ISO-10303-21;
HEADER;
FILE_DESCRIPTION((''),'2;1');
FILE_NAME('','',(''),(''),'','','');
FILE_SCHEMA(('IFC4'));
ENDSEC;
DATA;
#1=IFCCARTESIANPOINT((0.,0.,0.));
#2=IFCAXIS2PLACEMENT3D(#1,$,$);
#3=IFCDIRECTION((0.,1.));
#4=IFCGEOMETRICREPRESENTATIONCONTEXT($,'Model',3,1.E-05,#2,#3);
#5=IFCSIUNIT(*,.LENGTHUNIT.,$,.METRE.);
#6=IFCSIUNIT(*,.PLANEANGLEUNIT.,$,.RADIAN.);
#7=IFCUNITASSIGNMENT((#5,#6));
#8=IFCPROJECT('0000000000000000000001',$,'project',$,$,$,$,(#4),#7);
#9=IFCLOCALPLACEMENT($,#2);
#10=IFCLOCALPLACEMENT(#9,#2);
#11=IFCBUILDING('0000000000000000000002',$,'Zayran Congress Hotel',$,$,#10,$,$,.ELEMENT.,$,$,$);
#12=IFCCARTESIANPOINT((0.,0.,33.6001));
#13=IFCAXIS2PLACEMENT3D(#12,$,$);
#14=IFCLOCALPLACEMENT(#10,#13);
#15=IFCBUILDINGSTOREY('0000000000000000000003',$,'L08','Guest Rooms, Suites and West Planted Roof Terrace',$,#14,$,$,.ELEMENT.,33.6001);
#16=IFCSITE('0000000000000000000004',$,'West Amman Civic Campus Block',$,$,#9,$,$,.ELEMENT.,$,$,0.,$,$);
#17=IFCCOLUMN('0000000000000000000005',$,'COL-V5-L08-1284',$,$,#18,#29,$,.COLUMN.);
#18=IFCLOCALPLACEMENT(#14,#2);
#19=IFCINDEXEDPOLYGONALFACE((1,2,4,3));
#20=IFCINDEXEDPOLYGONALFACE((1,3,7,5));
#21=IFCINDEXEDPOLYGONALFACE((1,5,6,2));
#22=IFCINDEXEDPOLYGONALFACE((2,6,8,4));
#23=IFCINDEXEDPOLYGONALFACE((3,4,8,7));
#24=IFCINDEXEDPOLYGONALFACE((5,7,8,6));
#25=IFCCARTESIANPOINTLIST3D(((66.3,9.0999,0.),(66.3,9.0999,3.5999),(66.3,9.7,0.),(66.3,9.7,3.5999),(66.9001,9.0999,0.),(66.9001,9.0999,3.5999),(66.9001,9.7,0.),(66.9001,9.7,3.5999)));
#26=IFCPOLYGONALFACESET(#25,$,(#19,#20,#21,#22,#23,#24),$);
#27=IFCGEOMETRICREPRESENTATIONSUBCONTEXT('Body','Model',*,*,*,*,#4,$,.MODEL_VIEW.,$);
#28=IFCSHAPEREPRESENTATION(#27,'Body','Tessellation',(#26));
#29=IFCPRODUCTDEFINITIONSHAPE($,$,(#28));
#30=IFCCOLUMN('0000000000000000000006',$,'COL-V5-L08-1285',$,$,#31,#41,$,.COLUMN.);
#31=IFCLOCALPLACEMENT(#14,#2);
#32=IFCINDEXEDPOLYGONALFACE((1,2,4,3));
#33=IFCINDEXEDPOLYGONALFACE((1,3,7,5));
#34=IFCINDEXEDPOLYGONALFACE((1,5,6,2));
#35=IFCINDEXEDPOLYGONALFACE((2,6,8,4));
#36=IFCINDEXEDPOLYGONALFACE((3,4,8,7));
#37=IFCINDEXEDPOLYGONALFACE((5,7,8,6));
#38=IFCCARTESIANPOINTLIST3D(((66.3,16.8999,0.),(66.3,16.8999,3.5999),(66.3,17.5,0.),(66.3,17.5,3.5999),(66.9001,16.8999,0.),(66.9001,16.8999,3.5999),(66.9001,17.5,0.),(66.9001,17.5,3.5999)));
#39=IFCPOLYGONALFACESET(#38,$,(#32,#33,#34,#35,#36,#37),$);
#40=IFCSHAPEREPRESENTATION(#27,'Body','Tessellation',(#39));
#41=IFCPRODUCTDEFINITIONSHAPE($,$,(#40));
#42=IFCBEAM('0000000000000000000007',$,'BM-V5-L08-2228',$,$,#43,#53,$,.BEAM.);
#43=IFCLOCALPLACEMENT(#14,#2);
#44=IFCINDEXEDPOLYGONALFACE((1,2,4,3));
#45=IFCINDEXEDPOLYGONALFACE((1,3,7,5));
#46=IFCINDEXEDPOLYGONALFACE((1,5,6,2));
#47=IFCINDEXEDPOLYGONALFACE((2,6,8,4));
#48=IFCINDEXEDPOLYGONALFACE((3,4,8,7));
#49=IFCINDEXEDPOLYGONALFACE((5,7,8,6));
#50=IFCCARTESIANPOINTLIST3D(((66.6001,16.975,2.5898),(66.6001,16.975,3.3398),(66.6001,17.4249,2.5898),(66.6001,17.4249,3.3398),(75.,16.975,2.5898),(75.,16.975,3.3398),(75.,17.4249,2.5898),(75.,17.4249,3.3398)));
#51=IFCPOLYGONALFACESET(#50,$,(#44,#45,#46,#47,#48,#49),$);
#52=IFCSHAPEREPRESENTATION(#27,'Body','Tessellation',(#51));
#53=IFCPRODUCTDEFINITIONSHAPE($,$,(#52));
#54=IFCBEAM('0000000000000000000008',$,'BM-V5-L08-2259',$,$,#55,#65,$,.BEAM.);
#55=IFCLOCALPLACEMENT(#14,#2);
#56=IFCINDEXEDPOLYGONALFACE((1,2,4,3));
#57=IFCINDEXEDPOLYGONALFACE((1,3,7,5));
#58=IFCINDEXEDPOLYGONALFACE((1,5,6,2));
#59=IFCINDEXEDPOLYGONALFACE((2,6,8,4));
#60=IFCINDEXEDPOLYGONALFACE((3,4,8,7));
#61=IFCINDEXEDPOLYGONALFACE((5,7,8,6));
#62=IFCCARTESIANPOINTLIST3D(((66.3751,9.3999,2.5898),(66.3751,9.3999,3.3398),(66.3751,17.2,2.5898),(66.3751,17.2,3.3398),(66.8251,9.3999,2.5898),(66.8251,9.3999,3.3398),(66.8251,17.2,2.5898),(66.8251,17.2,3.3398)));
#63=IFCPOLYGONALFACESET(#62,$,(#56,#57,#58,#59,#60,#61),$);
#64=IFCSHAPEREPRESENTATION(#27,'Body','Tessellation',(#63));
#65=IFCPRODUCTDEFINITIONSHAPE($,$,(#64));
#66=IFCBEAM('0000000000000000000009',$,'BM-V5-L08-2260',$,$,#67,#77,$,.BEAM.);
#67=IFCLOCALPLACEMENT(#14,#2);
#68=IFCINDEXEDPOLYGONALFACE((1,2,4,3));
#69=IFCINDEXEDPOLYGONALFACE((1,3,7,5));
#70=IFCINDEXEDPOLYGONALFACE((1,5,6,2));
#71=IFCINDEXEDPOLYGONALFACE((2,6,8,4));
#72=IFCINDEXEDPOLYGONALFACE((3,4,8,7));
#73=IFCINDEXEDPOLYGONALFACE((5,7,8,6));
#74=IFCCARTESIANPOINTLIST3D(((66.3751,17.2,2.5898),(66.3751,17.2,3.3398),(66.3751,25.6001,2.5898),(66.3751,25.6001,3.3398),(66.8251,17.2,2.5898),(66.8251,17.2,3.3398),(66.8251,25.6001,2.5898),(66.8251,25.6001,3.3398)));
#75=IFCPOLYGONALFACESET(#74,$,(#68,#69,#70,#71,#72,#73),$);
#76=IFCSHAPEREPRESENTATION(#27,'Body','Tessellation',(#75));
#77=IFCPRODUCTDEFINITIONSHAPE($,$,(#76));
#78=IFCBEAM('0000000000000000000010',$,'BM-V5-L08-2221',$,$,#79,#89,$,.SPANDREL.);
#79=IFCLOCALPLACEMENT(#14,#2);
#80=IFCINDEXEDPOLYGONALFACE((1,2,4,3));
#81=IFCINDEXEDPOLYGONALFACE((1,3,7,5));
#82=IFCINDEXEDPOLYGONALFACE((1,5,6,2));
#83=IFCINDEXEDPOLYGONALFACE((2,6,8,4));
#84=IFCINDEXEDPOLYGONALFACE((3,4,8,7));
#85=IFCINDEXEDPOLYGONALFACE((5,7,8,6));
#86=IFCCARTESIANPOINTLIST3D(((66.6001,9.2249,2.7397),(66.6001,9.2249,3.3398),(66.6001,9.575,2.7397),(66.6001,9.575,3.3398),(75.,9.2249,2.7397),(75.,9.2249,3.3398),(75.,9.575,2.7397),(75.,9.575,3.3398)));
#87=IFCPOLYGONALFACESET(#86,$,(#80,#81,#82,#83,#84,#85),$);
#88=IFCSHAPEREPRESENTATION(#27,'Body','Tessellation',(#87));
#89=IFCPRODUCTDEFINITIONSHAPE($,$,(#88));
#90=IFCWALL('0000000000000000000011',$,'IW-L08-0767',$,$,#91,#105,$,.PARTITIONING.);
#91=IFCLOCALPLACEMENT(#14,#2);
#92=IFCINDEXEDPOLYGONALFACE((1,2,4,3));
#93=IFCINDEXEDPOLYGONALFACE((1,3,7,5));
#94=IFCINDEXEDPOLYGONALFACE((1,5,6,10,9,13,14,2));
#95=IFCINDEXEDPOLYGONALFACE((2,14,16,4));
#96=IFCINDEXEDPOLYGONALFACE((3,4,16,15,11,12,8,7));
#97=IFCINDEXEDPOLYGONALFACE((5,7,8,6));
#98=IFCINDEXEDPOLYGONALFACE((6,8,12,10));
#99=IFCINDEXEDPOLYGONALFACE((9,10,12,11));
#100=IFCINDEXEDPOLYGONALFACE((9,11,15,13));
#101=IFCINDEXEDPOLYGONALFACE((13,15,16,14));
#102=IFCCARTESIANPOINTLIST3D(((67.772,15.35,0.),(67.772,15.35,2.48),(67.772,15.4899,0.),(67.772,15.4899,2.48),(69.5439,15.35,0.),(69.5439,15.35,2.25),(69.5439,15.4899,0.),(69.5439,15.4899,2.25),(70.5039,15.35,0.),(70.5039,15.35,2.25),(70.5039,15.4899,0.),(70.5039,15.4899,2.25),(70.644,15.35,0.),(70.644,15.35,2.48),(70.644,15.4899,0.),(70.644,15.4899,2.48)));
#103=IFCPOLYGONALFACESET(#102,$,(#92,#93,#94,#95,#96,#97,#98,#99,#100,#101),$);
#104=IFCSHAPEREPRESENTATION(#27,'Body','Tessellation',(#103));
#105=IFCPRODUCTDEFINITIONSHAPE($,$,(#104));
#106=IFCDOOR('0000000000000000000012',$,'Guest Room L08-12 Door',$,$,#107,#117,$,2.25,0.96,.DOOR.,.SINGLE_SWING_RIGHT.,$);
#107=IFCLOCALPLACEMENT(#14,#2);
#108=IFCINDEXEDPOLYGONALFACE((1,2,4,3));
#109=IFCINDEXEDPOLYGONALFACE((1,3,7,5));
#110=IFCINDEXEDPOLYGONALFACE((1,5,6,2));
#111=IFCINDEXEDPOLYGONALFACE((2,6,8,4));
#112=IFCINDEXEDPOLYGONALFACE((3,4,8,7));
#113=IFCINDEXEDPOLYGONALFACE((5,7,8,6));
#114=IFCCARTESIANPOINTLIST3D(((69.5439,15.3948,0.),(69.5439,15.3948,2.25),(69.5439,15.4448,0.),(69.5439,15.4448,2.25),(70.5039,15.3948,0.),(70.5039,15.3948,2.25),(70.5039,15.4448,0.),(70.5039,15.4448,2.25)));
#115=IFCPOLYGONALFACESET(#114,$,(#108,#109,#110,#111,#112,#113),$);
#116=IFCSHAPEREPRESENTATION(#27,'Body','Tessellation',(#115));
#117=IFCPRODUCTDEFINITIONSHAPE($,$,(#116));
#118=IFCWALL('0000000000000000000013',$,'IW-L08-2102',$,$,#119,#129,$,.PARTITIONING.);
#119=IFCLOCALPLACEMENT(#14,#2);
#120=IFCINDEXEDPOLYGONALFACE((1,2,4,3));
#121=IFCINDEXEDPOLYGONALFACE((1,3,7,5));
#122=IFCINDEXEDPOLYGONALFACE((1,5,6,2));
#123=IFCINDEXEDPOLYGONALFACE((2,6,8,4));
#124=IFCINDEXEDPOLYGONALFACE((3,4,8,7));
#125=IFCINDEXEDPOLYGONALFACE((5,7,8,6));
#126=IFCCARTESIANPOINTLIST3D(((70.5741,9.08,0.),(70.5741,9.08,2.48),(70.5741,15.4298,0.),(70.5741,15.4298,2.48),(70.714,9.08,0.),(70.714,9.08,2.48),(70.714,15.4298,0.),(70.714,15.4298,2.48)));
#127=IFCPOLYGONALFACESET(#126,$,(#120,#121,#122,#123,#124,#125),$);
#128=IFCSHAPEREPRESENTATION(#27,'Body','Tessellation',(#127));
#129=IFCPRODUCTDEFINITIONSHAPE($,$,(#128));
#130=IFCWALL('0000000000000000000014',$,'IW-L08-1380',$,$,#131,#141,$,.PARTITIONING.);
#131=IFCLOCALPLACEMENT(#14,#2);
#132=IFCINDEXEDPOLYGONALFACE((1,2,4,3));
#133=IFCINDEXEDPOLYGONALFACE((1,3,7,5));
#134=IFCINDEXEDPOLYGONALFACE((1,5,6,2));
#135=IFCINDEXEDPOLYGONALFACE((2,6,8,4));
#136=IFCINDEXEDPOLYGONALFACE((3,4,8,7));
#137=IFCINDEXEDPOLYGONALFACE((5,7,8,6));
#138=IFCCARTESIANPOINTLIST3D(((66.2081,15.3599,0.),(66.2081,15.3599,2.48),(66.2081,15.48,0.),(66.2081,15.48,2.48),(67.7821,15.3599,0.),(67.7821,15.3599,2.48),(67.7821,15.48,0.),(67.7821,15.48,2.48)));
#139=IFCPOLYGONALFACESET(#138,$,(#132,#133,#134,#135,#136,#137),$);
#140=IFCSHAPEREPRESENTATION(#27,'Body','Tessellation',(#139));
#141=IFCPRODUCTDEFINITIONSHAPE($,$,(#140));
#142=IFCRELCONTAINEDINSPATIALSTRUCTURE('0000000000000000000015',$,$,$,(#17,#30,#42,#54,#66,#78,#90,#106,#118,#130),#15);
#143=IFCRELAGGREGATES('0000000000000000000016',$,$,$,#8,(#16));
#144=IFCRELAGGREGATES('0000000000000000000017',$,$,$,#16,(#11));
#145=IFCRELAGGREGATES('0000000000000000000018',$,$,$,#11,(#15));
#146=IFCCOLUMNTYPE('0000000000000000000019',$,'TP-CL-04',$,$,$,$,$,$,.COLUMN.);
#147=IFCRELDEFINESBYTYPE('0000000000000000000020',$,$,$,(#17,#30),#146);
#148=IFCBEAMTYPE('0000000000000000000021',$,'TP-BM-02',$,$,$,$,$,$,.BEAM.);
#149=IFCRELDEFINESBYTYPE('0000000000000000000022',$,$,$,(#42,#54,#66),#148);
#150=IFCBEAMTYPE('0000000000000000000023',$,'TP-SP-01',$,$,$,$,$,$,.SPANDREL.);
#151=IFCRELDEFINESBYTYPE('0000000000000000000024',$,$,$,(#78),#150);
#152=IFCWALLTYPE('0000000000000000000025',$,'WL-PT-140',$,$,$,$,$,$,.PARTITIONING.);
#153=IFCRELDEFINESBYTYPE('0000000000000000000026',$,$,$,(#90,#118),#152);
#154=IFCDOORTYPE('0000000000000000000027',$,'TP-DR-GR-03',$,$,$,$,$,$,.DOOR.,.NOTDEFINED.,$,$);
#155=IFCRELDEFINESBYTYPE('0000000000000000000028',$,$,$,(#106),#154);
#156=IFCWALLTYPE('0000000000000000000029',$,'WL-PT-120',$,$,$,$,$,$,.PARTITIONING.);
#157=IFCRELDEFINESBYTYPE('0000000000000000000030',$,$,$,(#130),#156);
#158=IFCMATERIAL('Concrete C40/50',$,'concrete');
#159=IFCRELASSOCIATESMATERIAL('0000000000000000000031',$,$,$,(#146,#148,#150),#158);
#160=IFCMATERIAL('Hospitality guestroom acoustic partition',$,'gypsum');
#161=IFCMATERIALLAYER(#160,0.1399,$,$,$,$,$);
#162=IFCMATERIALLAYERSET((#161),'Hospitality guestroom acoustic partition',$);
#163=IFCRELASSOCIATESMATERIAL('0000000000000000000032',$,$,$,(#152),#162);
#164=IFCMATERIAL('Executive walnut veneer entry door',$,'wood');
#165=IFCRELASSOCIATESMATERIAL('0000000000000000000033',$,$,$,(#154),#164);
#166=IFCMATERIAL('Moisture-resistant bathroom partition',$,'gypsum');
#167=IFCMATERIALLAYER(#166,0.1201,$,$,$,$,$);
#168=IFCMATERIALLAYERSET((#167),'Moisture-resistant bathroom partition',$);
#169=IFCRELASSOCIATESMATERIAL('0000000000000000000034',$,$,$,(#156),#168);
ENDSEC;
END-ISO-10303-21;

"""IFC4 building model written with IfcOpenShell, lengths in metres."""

from ifc_helpers import new_model, si_unit, direction, frame, frame_2d, origin, origin_2d, place, context, subcontext, project, spatial, rectangle, extrude, material, layer, layer_set, material_profile, profile_set, type_object, element, fill, save


model = new_model("IFC4")

# Units and contexts
model_context = context("Model", 3, precision=1e-05, world=origin(), true_north=direction((0.0, 1.0)))
body_context = subcontext(model_context, "Body", "Model", "MODEL_VIEW")
ifc_project = project(units=[si_unit("LENGTHUNIT", "METRE"), si_unit("PLANEANGLEUNIT", "RADIAN")], contexts=[model_context])

# Site, building, storey
site_placement = place(None, origin())
site = spatial("IfcSite", under=ifc_project, at=site_placement, Name="West Amman Civic Campus Block", CompositionType="ELEMENT", RefElevation=0.0)
building_placement = place(site_placement, origin())
building = spatial("IfcBuilding", under=site, at=building_placement, Name="Zayran Congress Hotel", CompositionType="ELEMENT")
storey_placement = place(building_placement, frame((0.0, 0.0, 33.6001)))
storey = spatial("IfcBuildingStorey", under=building, at=storey_placement, Name="L08", Description="Guest Rooms, Suites and West Planted Roof Terrace", CompositionType="ELEMENT", Elevation=33.6001)

# Columns
ifc_material_1 = material(Name="Concrete C40/50", Category="concrete")
ifc_material_profile_1 = material_profile(ifc_material_1, rectangle(XDim=0.6001, YDim=0.6001, at=origin_2d()), Name="RC 600x600")
ifc_profile_set_1 = profile_set([ifc_material_profile_1], Name="Concrete C40/50")
column_type = type_object("IfcColumnType", Name="TP-CL-04", PredefinedType="COLUMN", material=ifc_profile_set_1)
for number, where, z_axis, x_axis, name in (
    (1, (66.6001, 9.3999, 0.0), (0.0, 0.0, 1.0), (1.0, 0.0, 0.0), "COL-V5-L08-1284"),
    (2, (66.6001, 17.2, 0.0), (0.0, 0.0, 1.0), (1.0, 0.0, 0.0), "COL-V5-L08-1285"),
):
    element("IfcColumn", number, at=place(storey_placement, frame(where, z_axis=z_axis, x_axis=x_axis)), inside=storey, type_object=column_type, Name=name, PredefinedType="COLUMN", context=body_context, shape_type="SweptSolid", body=[
        extrude(rectangle(XDim=0.6001, YDim=0.6001, at=origin_2d()), origin(), (0.0, 0.0, 1.0), 3.5999),
    ])

# Beams
ifc_material_profile_2 = material_profile(ifc_material_1, rectangle(XDim=0.45, YDim=0.75, at=origin_2d()), Name="RC 450x750")
ifc_profile_set_2 = profile_set([ifc_material_profile_2], Name="Concrete C40/50")
beam_type_1 = type_object("IfcBeamType", Name="TP-BM-02", PredefinedType="BEAM", material=ifc_profile_set_2)
beam_1_placement = place(storey_placement, frame((66.6001, 17.2, 2.9648), z_axis=(1.0, 0.0, 0.0), x_axis=(0.0, 1.0, 0.0)))
element("IfcBeam", 3, at=beam_1_placement, inside=storey, type_object=beam_type_1, Name="BM-V5-L08-2228", PredefinedType="BEAM", context=body_context, shape_type="SweptSolid", body=[
    extrude(rectangle(XDim=0.45, YDim=0.75, at=origin_2d()), origin(), (0.0, 0.0, 1.0), 8.3999),
])
beam_2_placement = place(storey_placement, frame((66.6001, 9.3999, 2.9648), z_axis=(0.0, 1.0, 0.0), x_axis=(-1.0, 0.0, 0.0)))
element("IfcBeam", 4, at=beam_2_placement, inside=storey, type_object=beam_type_1, Name="BM-V5-L08-2259", PredefinedType="BEAM", context=body_context, shape_type="SweptSolid", body=[
    extrude(rectangle(XDim=0.45, YDim=0.75, at=origin_2d()), origin(), (0.0, 0.0, 1.0), 7.8),
])
beam_3_placement = place(storey_placement, frame((66.6001, 17.2, 2.9648), z_axis=(0.0, 1.0, 0.0), x_axis=(-1.0, 0.0, 0.0)))
element("IfcBeam", 5, at=beam_3_placement, inside=storey, type_object=beam_type_1, Name="BM-V5-L08-2260", PredefinedType="BEAM", context=body_context, shape_type="SweptSolid", body=[
    extrude(rectangle(XDim=0.45, YDim=0.75, at=origin_2d()), origin(), (0.0, 0.0, 1.0), 8.4001),
])
ifc_material_profile_3 = material_profile(ifc_material_1, rectangle(XDim=0.3501, YDim=0.6001, at=origin_2d()), Name="RC 350x600")
ifc_profile_set_3 = profile_set([ifc_material_profile_3], Name="Concrete C40/50")
beam_type_2 = type_object("IfcBeamType", Name="TP-SP-01", PredefinedType="SPANDREL", material=ifc_profile_set_3)
beam_4_placement = place(storey_placement, frame((66.6001, 9.3999, 3.0398), z_axis=(1.0, 0.0, 0.0), x_axis=(0.0, 1.0, 0.0)))
element("IfcBeam", 6, at=beam_4_placement, inside=storey, type_object=beam_type_2, Name="BM-V5-L08-2221", PredefinedType="SPANDREL", context=body_context, shape_type="SweptSolid", body=[
    extrude(rectangle(XDim=0.3501, YDim=0.6001, at=origin_2d()), origin(), (0.0, 0.0, 1.0), 8.3999),
])

# Wall, opening, door
ifc_material_2 = material(Name="Hospitality guestroom acoustic partition", Category="gypsum")
ifc_layer_1 = layer(ifc_material_2, 0.1399)
ifc_layer_set_1 = layer_set([ifc_layer_1], Name="Hospitality guestroom acoustic partition")
wall_type_1 = type_object("IfcWallType", Name="WL-PT-140", PredefinedType="PARTITIONING", material=ifc_layer_set_1)
wall_1_placement = place(storey_placement, frame((67.772, 15.4199, 0.0), z_axis=(0.0, 0.0, 1.0), x_axis=(1.0, 0.0, 0.0)))
wall_1 = element("IfcWall", 7, at=wall_1_placement, inside=storey, type_object=wall_type_1, Name="IW-L08-0767", PredefinedType="PARTITIONING", context=body_context, shape_type="SweptSolid", body=[
    extrude(rectangle(XDim=2.8721, YDim=0.1399, at=frame_2d((1.436, 0.0))), origin(), (0.0, 0.0, 1.0), 2.48),
])
opening_1_placement = place(wall_1_placement, frame((1.772, 0.0, 0.0)))
opening_1 = element("IfcOpeningElement", 8, at=opening_1_placement, cuts=wall_1, PredefinedType="OPENING", context=body_context, shape_type="SweptSolid", body=[
    extrude(rectangle(XDim=0.96, YDim=2.25, at=frame_2d((0.48, 1.125))), frame((0.0, 0.0798, 0.0), z_axis=(0.0, -1.0, 0.0), x_axis=(1.0, 0.0, 0.0)), (0.0, 0.0, 1.0), 0.1599),
])
ifc_material_3 = material(Name="Executive walnut veneer entry door", Category="wood")
door_type_1 = type_object("IfcDoorType", Name="TP-DR-GR-03", OperationType="NOTDEFINED", PredefinedType="DOOR", material=ifc_material_3)
door_1_placement = place(opening_1_placement, origin())
door_1 = element("IfcDoor", 9, at=door_1_placement, inside=storey, type_object=door_type_1, Name="Guest Room L08-12 Door", OperationType="SINGLE_SWING_RIGHT", OverallHeight=2.25, OverallWidth=0.96, PredefinedType="DOOR", context=body_context, shape_type="SweptSolid", body=[
    extrude(rectangle(XDim=0.96, YDim=2.25, at=frame_2d((0.48, 1.125))), frame((0.0, 0.0249, 0.0), z_axis=(0.0, -1.0, 0.0), x_axis=(1.0, 0.0, 0.0)), (0.0, 0.0, 1.0), 0.05),
])
fill(opening_1, door_1)

# Wall
wall_2_placement = place(storey_placement, frame((70.644, 9.0801, 0.0), z_axis=(0.0, 0.0, 1.0), x_axis=(0.0, 1.0, 0.0)))
element("IfcWall", 10, at=wall_2_placement, inside=storey, type_object=wall_type_1, Name="IW-L08-2102", PredefinedType="PARTITIONING", context=body_context, shape_type="SweptSolid", body=[
    extrude(rectangle(XDim=6.3499, YDim=0.1399, at=frame_2d((3.1748, 0.0))), origin(), (0.0, 0.0, 1.0), 2.48),
])

# Shared definitions
ifc_material_4 = material(Name="Moisture-resistant bathroom partition", Category="gypsum")
ifc_layer_2 = layer(ifc_material_4, 0.1201)
ifc_layer_set_2 = layer_set([ifc_layer_2], Name="Moisture-resistant bathroom partition")
wall_type_2 = type_object("IfcWallType", Name="WL-PT-120", PredefinedType="PARTITIONING", material=ifc_layer_set_2)

# Wall
wall_3_placement = place(storey_placement, frame((66.208, 15.4199, 0.0), z_axis=(0.0, 0.0, 1.0), x_axis=(1.0, 0.0, 0.0)))
element("IfcWall", 11, at=wall_3_placement, inside=storey, type_object=wall_type_2, Name="IW-L08-1380", PredefinedType="PARTITIONING", context=body_context, shape_type="SweptSolid", body=[
    extrude(rectangle(XDim=1.574, YDim=0.1201, at=frame_2d((0.7871, 0.0))), origin(), (0.0, 0.0, 1.0), 2.48),
])

save(model, "model.ifc")
